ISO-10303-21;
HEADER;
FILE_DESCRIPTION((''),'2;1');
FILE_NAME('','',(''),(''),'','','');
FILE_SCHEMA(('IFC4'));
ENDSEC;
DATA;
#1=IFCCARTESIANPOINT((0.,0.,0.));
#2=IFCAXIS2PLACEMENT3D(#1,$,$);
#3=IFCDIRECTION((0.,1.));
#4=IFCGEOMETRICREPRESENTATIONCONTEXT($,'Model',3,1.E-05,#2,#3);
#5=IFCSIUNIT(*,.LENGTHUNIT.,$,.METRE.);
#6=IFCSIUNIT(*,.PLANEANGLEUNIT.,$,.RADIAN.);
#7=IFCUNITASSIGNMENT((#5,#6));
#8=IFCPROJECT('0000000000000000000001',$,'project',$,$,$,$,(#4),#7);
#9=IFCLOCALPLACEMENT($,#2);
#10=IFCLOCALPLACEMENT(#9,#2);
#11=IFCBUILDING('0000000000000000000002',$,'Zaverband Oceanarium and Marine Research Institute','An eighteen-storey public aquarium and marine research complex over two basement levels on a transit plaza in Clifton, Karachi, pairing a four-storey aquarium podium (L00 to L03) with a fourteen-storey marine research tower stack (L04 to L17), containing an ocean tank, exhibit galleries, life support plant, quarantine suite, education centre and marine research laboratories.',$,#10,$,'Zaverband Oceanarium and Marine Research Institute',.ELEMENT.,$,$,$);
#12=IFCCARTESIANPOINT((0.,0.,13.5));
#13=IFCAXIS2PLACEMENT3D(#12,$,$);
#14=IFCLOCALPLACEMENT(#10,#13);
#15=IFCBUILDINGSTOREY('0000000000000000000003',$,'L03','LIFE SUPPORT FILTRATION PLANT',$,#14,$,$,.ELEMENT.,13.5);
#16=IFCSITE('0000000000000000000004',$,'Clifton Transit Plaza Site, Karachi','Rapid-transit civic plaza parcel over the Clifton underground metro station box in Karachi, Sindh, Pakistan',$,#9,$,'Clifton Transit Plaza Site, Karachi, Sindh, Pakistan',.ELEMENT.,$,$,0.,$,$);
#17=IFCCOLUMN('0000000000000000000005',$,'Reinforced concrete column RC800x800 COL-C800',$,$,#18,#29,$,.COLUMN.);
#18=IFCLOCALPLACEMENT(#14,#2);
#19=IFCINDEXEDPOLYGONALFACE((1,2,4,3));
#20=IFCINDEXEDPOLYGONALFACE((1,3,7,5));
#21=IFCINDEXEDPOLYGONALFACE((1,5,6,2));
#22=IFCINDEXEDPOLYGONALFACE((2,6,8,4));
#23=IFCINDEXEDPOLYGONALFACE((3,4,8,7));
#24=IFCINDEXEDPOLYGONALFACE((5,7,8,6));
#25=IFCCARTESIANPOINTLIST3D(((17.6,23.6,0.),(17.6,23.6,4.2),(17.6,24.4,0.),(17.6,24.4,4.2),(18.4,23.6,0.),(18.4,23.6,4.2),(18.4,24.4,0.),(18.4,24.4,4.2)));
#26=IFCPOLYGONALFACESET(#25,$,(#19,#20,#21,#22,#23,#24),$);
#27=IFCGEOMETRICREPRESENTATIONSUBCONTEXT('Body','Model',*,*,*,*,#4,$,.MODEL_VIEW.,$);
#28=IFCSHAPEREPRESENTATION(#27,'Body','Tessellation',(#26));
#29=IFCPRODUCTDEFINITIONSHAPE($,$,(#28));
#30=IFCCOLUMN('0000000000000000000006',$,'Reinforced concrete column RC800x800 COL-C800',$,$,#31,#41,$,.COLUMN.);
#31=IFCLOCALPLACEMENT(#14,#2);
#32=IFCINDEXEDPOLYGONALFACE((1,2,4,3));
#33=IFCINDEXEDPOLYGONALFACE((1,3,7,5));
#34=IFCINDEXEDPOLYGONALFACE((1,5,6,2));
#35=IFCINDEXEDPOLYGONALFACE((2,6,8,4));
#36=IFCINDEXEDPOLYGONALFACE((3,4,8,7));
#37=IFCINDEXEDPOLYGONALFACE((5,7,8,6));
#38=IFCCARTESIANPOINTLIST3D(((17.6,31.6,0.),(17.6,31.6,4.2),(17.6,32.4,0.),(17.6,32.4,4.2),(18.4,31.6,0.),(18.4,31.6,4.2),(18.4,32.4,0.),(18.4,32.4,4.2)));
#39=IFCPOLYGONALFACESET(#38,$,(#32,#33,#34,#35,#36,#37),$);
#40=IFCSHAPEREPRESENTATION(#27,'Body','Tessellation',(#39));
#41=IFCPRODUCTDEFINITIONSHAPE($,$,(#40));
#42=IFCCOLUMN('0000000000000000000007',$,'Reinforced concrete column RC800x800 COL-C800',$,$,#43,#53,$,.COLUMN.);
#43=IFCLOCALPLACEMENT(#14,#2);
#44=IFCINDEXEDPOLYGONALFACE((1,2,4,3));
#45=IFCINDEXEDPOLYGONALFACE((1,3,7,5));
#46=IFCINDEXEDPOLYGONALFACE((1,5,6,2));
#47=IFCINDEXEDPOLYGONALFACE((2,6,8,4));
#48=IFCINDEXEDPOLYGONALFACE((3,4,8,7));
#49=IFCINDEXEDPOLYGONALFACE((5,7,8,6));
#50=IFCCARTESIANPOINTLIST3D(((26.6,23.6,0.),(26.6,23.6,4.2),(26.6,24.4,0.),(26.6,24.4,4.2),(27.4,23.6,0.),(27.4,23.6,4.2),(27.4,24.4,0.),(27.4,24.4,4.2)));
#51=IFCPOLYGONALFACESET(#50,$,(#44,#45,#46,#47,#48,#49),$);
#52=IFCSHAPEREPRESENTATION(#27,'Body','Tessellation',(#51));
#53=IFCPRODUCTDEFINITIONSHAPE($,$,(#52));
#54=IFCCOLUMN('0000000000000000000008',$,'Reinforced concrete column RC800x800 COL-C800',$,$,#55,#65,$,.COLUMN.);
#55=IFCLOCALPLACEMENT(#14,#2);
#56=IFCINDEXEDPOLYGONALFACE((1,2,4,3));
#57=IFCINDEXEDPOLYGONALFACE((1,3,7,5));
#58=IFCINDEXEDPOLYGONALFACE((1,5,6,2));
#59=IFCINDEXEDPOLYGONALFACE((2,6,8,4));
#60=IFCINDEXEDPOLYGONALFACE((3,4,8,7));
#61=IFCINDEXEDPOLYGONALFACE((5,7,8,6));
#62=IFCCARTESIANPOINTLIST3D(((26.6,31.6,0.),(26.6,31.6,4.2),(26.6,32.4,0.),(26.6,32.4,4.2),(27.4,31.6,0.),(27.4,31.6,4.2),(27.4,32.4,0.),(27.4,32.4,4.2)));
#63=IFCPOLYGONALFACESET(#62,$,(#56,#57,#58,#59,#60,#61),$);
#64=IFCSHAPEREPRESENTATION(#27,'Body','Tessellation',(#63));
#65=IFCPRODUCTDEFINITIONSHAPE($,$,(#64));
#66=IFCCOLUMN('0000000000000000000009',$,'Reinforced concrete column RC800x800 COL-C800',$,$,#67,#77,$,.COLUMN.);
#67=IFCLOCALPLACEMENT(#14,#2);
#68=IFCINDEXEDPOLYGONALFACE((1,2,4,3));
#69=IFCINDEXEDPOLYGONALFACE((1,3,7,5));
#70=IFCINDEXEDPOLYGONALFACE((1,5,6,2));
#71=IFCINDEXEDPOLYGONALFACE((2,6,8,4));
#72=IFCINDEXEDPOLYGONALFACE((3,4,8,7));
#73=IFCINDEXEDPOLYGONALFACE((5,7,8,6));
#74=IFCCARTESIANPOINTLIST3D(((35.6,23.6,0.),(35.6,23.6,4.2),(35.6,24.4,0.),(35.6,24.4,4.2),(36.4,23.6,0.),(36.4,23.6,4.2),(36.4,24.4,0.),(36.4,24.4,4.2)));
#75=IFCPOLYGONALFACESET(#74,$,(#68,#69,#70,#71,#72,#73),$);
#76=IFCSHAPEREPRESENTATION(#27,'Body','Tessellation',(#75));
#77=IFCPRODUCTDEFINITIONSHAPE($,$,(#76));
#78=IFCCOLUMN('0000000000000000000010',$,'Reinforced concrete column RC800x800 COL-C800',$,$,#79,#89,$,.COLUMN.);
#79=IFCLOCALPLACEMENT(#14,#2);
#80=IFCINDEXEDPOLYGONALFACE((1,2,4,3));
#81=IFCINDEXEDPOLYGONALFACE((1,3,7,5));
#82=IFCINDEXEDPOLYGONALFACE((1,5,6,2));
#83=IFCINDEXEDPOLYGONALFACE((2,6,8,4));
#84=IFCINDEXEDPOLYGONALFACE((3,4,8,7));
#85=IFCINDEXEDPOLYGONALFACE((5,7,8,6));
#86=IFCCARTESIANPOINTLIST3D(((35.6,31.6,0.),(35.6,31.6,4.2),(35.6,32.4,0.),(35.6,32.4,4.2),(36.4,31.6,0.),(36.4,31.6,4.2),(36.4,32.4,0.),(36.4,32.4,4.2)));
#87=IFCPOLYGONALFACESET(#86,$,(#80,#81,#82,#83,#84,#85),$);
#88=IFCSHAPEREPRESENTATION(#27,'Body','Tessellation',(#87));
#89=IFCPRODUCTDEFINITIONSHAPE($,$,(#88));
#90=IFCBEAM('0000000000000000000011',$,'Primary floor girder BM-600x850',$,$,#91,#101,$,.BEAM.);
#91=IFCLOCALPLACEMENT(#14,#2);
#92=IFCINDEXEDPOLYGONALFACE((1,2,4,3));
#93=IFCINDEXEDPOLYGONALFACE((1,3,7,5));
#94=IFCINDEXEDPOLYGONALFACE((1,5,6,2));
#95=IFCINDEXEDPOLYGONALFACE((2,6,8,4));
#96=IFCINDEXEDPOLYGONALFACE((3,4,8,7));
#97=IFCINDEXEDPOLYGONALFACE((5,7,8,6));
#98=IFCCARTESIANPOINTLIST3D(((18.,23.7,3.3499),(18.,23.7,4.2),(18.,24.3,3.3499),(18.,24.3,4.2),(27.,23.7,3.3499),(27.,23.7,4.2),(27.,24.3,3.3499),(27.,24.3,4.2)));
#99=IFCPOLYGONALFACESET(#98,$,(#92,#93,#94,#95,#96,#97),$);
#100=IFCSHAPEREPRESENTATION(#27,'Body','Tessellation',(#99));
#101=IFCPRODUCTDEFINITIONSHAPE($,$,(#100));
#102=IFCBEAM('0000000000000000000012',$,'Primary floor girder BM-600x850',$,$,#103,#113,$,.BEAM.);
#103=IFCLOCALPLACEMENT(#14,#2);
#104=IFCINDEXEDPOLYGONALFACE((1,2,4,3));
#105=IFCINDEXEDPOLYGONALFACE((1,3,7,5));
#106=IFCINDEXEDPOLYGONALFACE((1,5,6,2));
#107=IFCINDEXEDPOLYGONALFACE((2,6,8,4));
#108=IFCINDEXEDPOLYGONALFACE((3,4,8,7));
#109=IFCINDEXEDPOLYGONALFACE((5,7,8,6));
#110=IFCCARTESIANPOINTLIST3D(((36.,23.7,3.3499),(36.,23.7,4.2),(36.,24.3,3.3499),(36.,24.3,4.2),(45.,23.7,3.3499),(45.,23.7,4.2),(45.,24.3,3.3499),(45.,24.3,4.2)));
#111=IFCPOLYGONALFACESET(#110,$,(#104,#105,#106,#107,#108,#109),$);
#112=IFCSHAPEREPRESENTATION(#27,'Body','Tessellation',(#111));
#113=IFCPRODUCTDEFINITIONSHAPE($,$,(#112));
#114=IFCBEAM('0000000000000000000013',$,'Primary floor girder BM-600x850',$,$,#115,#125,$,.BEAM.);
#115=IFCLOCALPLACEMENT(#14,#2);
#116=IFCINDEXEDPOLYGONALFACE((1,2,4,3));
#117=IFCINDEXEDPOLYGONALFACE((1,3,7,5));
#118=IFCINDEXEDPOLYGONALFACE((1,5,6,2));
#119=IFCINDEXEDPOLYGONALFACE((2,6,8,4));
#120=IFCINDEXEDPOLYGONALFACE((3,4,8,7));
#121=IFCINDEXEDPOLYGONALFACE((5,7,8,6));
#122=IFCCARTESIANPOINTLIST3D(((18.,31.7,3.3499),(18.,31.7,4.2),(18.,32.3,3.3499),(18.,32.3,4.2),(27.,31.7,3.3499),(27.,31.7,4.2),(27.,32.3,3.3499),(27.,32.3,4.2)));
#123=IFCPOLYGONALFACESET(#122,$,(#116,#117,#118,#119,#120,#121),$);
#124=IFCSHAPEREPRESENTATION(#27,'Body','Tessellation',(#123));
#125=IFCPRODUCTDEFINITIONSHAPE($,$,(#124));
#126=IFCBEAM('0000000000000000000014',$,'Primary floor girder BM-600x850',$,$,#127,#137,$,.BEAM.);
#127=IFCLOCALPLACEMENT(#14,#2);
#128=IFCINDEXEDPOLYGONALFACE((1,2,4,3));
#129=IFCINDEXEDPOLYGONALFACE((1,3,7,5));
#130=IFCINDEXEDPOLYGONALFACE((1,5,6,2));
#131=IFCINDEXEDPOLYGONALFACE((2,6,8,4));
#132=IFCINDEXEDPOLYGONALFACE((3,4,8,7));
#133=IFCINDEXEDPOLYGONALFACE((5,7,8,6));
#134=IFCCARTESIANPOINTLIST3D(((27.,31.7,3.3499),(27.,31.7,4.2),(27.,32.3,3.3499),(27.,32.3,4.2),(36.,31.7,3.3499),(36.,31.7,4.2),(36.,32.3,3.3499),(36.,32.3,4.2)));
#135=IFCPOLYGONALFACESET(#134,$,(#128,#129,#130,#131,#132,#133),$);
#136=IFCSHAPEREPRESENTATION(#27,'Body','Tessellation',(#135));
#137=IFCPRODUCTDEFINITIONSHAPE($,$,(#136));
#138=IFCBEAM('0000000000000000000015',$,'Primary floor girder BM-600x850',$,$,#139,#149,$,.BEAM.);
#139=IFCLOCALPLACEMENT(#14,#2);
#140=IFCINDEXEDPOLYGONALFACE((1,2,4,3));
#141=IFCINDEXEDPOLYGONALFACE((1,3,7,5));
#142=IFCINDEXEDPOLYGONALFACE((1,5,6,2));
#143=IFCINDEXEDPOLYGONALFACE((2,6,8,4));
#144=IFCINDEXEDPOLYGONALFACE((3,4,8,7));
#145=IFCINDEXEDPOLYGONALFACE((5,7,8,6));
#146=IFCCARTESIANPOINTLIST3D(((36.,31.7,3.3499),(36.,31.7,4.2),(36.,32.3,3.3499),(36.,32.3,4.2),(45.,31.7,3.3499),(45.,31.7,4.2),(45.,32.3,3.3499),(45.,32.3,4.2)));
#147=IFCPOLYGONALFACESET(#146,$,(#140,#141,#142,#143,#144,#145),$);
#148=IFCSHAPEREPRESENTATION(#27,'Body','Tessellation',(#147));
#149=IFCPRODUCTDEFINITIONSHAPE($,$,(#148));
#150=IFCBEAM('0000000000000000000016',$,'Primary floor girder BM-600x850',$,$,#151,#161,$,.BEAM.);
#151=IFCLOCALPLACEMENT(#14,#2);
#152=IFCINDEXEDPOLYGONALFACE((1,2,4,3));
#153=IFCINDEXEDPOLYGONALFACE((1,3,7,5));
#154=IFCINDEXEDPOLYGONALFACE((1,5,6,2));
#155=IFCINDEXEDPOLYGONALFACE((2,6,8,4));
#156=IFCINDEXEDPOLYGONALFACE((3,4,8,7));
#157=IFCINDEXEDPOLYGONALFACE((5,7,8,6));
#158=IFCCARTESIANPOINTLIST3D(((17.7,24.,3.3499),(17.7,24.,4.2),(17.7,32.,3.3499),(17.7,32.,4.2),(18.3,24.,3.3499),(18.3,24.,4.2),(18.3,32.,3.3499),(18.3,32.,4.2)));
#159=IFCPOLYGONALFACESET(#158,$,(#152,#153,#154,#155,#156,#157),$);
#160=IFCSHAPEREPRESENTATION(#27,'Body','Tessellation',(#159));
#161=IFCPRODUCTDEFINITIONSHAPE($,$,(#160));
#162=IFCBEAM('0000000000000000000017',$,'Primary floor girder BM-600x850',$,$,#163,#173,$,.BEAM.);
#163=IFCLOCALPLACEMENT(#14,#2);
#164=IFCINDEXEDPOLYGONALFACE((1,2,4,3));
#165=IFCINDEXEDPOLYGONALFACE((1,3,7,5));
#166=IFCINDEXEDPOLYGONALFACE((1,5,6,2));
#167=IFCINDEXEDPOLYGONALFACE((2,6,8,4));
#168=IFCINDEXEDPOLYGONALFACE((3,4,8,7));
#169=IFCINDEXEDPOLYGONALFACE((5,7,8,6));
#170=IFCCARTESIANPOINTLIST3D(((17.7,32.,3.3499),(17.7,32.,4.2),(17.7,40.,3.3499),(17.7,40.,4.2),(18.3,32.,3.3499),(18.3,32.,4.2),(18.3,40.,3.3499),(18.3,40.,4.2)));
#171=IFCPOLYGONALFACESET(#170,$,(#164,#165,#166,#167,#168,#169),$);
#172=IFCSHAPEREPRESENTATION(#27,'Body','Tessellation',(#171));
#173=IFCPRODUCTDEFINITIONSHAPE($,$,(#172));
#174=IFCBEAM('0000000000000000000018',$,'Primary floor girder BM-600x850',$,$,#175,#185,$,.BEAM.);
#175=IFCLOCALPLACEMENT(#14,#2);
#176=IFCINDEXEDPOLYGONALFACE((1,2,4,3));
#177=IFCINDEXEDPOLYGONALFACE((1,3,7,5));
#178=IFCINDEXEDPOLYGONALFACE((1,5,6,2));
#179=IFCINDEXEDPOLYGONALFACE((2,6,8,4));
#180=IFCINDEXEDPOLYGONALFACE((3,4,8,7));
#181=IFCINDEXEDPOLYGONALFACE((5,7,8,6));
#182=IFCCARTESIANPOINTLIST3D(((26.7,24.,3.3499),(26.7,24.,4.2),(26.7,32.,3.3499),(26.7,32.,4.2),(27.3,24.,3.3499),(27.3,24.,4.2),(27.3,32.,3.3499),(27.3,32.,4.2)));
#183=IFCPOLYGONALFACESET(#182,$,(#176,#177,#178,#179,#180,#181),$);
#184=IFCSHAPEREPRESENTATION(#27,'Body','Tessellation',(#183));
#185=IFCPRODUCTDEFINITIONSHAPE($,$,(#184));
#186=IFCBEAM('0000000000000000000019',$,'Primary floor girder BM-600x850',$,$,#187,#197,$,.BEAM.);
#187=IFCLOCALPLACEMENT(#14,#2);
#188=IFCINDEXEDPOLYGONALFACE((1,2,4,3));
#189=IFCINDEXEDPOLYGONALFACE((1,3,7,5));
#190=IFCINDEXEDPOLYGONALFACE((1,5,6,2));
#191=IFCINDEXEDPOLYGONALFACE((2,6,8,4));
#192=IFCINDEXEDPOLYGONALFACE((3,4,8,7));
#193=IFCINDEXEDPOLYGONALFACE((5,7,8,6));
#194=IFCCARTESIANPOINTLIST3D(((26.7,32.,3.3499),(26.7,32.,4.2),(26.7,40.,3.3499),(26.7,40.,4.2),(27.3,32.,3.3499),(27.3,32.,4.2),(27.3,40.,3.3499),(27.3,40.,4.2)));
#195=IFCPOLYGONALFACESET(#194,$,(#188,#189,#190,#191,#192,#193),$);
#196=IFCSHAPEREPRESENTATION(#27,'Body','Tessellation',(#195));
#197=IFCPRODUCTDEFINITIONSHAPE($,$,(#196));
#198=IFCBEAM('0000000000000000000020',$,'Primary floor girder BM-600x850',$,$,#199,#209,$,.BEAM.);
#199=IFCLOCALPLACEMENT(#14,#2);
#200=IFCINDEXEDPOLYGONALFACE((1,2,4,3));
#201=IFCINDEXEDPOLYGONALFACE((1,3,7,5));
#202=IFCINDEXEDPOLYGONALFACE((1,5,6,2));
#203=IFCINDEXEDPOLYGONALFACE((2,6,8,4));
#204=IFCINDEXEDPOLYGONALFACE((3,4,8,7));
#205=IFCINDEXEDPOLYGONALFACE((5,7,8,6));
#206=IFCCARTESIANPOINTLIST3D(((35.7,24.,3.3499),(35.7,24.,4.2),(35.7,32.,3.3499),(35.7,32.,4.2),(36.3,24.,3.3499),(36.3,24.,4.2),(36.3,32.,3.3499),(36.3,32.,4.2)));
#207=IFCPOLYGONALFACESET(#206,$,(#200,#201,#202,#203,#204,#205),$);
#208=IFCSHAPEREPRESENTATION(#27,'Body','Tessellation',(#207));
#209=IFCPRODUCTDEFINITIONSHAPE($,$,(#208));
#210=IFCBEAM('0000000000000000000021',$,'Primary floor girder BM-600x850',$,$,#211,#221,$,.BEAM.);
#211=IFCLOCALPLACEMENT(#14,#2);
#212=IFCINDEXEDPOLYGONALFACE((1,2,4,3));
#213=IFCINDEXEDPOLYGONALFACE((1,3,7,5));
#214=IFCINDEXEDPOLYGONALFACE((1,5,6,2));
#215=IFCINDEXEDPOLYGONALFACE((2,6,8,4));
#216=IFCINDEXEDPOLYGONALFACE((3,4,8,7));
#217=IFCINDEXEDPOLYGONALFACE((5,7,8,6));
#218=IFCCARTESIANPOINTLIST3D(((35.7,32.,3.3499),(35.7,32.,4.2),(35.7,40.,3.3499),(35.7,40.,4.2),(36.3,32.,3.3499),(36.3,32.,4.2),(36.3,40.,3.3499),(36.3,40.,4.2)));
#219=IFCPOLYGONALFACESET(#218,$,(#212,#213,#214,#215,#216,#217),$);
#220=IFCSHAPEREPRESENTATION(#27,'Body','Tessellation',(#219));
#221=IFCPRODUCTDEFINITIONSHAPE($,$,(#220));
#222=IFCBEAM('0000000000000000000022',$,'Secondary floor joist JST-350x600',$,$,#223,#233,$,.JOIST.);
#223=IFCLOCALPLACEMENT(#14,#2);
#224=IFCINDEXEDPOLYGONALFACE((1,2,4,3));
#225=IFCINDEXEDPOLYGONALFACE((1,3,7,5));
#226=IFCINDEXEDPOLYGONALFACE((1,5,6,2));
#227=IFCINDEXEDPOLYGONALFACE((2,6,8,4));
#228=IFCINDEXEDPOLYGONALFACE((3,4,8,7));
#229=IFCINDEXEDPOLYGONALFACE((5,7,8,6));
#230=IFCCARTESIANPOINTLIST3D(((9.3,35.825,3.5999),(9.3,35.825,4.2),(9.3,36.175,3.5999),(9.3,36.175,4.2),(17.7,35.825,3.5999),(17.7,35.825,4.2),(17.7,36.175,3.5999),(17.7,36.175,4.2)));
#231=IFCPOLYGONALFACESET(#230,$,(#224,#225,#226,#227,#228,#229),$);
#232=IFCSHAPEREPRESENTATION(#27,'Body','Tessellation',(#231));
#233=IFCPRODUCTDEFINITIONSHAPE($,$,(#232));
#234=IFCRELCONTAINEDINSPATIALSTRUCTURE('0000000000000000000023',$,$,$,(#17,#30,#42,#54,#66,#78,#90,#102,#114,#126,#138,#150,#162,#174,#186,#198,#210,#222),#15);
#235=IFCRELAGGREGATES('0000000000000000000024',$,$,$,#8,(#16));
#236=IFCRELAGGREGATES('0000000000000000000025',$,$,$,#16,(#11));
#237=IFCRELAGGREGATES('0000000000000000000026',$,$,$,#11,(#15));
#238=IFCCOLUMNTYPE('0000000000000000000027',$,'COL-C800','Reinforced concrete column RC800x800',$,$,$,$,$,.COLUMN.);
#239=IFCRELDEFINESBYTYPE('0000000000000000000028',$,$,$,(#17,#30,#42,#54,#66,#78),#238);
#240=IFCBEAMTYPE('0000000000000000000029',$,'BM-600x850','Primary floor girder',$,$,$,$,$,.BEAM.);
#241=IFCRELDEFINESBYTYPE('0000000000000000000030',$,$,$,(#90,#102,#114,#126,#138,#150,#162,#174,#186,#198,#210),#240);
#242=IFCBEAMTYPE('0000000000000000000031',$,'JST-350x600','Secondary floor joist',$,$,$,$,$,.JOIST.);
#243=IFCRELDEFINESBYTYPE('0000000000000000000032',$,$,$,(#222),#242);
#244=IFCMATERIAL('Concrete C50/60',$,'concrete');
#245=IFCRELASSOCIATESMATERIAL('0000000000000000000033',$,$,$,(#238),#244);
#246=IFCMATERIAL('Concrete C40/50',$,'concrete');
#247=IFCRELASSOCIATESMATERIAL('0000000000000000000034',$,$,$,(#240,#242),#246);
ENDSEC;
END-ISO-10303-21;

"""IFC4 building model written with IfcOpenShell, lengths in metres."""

from ifc_helpers import new_model, si_unit, direction, frame, origin, origin_2d, place, context, subcontext, project, spatial, rectangle, extrude, material, material_profile, profile_set, type_object, element, save


model = new_model("IFC4")

# Units and contexts
model_context = context("Model", 3, precision=1e-05, world=origin(), true_north=direction((0.0, 1.0)))
body_context = subcontext(model_context, "Body", "Model", "MODEL_VIEW")
ifc_project = project(units=[si_unit("LENGTHUNIT", "METRE"), si_unit("PLANEANGLEUNIT", "RADIAN")], contexts=[model_context])

# Site, building, storey
site_placement = place(None, origin())
site = spatial("IfcSite", under=ifc_project, at=site_placement, Name="Clifton Transit Plaza Site, Karachi", Description="Rapid-transit civic plaza parcel over the Clifton underground metro station box in Karachi, Sindh, Pakistan", LongName="Clifton Transit Plaza Site, Karachi, Sindh, Pakistan", CompositionType="ELEMENT", RefElevation=0.0)
building_placement = place(site_placement, origin())
building = spatial("IfcBuilding", under=site, at=building_placement, Name="Zaverband Oceanarium and Marine Research Institute", Description="An eighteen-storey public aquarium and marine research complex over two basement levels on a transit plaza in Clifton, Karachi, pairing a four-storey aquarium podium (L00 to L03) with a fourteen-storey marine research tower stack (L04 to L17), containing an ocean tank, exhibit galleries, life support plant, quarantine suite, education centre and marine research laboratories.", LongName="Zaverband Oceanarium and Marine Research Institute", CompositionType="ELEMENT")
storey_placement = place(building_placement, frame((0.0, 0.0, 13.5)))
storey = spatial("IfcBuildingStorey", under=building, at=storey_placement, Name="L03", Description="LIFE SUPPORT FILTRATION PLANT", CompositionType="ELEMENT", Elevation=13.5)

# Columns
ifc_material_1 = material(Name="Concrete C50/60", Category="concrete")
ifc_material_profile_1 = material_profile(ifc_material_1, rectangle(XDim=0.8, YDim=0.8, at=origin_2d()), Name="RC800x800")
ifc_profile_set_1 = profile_set([ifc_material_profile_1], Name="Concrete C50/60")
column_type = type_object("IfcColumnType", Name="COL-C800", Description="Reinforced concrete column RC800x800", PredefinedType="COLUMN", material=ifc_profile_set_1)
for number, where, z_axis, x_axis, name in (
    (1, (18.0, 24.0, 0.0), (0.0, 0.0, 1.0), (1.0, 0.0, 0.0), "Reinforced concrete column RC800x800 COL-C800"),
    (2, (18.0, 32.0, 0.0), (0.0, 0.0, 1.0), (1.0, 0.0, 0.0), "Reinforced concrete column RC800x800 COL-C800"),
    (3, (27.0, 24.0, 0.0), (0.0, 0.0, 1.0), (1.0, 0.0, 0.0), "Reinforced concrete column RC800x800 COL-C800"),
    (4, (27.0, 32.0, 0.0), (0.0, 0.0, 1.0), (1.0, 0.0, 0.0), "Reinforced concrete column RC800x800 COL-C800"),
    (5, (36.0, 24.0, 0.0), (0.0, 0.0, 1.0), (1.0, 0.0, 0.0), "Reinforced concrete column RC800x800 COL-C800"),
    (6, (36.0, 32.0, 0.0), (0.0, 0.0, 1.0), (1.0, 0.0, 0.0), "Reinforced concrete column RC800x800 COL-C800"),
):
    element("IfcColumn", number, at=place(storey_placement, frame(where, z_axis=z_axis, x_axis=x_axis)), inside=storey, type_object=column_type, Name=name, PredefinedType="COLUMN", context=body_context, shape_type="SweptSolid", body=[
        extrude(rectangle(XDim=0.8, YDim=0.8, at=origin_2d()), origin(), (0.0, 0.0, 1.0), 4.2),
    ])

# Beams
ifc_material_2 = material(Name="Concrete C40/50", Category="concrete")
ifc_material_profile_2 = material_profile(ifc_material_2, rectangle(XDim=0.6001, YDim=0.8501, at=origin_2d()), Name="RC600x850")
ifc_profile_set_2 = profile_set([ifc_material_profile_2], Name="Concrete C40/50")
beam_type_1 = type_object("IfcBeamType", Name="BM-600x850", Description="Primary floor girder", PredefinedType="BEAM", material=ifc_profile_set_2)
for number, where, z_axis, x_axis, name in (
    (7, (18.0, 24.0, 3.7749), (1.0, 0.0, 0.0), (0.0, 1.0, 0.0), "Primary floor girder BM-600x850"),
    (8, (36.0, 24.0, 3.7749), (1.0, 0.0, 0.0), (0.0, 1.0, 0.0), "Primary floor girder BM-600x850"),
    (9, (18.0, 32.0, 3.7749), (1.0, 0.0, 0.0), (0.0, 1.0, 0.0), "Primary floor girder BM-600x850"),
    (10, (27.0, 32.0, 3.7749), (1.0, 0.0, 0.0), (0.0, 1.0, 0.0), "Primary floor girder BM-600x850"),
    (11, (36.0, 32.0, 3.7749), (1.0, 0.0, 0.0), (0.0, 1.0, 0.0), "Primary floor girder BM-600x850"),
):
    element("IfcBeam", number, at=place(storey_placement, frame(where, z_axis=z_axis, x_axis=x_axis)), inside=storey, type_object=beam_type_1, Name=name, PredefinedType="BEAM", context=body_context, shape_type="SweptSolid", body=[
        extrude(rectangle(XDim=0.6001, YDim=0.8501, at=origin_2d()), origin(), (0.0, 0.0, 1.0), 9.0),
    ])
for number, where, z_axis, x_axis, name in (
    (12, (18.0, 24.0, 3.7749), (0.0, 1.0, 0.0), (-1.0, 0.0, 0.0), "Primary floor girder BM-600x850"),
    (13, (18.0, 32.0, 3.7749), (0.0, 1.0, 0.0), (-1.0, 0.0, 0.0), "Primary floor girder BM-600x850"),
    (14, (27.0, 24.0, 3.7749), (0.0, 1.0, 0.0), (-1.0, 0.0, 0.0), "Primary floor girder BM-600x850"),
    (15, (27.0, 32.0, 3.7749), (0.0, 1.0, 0.0), (-1.0, 0.0, 0.0), "Primary floor girder BM-600x850"),
    (16, (36.0, 24.0, 3.7749), (0.0, 1.0, 0.0), (-1.0, 0.0, 0.0), "Primary floor girder BM-600x850"),
    (17, (36.0, 32.0, 3.7749), (0.0, 1.0, 0.0), (-1.0, 0.0, 0.0), "Primary floor girder BM-600x850"),
):
    element("IfcBeam", number, at=place(storey_placement, frame(where, z_axis=z_axis, x_axis=x_axis)), inside=storey, type_object=beam_type_1, Name=name, PredefinedType="BEAM", context=body_context, shape_type="SweptSolid", body=[
        extrude(rectangle(XDim=0.6001, YDim=0.8501, at=origin_2d()), origin(), (0.0, 0.0, 1.0), 8.0),
    ])
ifc_material_profile_3 = material_profile(ifc_material_2, rectangle(XDim=0.3501, YDim=0.6001, at=origin_2d()), Name="RC350x600")
ifc_profile_set_3 = profile_set([ifc_material_profile_3], Name="Concrete C40/50")
beam_type_2 = type_object("IfcBeamType", Name="JST-350x600", Description="Secondary floor joist", PredefinedType="JOIST", material=ifc_profile_set_3)
for number, where, z_axis, x_axis, name in (
    (18, (9.3, 36.0, 3.8999), (1.0, 0.0, 0.0), (0.0, 1.0, 0.0), "Secondary floor joist JST-350x600"),
):
    element("IfcBeam", number, at=place(storey_placement, frame(where, z_axis=z_axis, x_axis=x_axis)), inside=storey, type_object=beam_type_2, Name=name, PredefinedType="JOIST", context=body_context, shape_type="SweptSolid", body=[
        extrude(rectangle(XDim=0.3501, YDim=0.6001, at=origin_2d()), origin(), (0.0, 0.0, 1.0), 8.3999),
    ])

save(model, "model.ifc")
